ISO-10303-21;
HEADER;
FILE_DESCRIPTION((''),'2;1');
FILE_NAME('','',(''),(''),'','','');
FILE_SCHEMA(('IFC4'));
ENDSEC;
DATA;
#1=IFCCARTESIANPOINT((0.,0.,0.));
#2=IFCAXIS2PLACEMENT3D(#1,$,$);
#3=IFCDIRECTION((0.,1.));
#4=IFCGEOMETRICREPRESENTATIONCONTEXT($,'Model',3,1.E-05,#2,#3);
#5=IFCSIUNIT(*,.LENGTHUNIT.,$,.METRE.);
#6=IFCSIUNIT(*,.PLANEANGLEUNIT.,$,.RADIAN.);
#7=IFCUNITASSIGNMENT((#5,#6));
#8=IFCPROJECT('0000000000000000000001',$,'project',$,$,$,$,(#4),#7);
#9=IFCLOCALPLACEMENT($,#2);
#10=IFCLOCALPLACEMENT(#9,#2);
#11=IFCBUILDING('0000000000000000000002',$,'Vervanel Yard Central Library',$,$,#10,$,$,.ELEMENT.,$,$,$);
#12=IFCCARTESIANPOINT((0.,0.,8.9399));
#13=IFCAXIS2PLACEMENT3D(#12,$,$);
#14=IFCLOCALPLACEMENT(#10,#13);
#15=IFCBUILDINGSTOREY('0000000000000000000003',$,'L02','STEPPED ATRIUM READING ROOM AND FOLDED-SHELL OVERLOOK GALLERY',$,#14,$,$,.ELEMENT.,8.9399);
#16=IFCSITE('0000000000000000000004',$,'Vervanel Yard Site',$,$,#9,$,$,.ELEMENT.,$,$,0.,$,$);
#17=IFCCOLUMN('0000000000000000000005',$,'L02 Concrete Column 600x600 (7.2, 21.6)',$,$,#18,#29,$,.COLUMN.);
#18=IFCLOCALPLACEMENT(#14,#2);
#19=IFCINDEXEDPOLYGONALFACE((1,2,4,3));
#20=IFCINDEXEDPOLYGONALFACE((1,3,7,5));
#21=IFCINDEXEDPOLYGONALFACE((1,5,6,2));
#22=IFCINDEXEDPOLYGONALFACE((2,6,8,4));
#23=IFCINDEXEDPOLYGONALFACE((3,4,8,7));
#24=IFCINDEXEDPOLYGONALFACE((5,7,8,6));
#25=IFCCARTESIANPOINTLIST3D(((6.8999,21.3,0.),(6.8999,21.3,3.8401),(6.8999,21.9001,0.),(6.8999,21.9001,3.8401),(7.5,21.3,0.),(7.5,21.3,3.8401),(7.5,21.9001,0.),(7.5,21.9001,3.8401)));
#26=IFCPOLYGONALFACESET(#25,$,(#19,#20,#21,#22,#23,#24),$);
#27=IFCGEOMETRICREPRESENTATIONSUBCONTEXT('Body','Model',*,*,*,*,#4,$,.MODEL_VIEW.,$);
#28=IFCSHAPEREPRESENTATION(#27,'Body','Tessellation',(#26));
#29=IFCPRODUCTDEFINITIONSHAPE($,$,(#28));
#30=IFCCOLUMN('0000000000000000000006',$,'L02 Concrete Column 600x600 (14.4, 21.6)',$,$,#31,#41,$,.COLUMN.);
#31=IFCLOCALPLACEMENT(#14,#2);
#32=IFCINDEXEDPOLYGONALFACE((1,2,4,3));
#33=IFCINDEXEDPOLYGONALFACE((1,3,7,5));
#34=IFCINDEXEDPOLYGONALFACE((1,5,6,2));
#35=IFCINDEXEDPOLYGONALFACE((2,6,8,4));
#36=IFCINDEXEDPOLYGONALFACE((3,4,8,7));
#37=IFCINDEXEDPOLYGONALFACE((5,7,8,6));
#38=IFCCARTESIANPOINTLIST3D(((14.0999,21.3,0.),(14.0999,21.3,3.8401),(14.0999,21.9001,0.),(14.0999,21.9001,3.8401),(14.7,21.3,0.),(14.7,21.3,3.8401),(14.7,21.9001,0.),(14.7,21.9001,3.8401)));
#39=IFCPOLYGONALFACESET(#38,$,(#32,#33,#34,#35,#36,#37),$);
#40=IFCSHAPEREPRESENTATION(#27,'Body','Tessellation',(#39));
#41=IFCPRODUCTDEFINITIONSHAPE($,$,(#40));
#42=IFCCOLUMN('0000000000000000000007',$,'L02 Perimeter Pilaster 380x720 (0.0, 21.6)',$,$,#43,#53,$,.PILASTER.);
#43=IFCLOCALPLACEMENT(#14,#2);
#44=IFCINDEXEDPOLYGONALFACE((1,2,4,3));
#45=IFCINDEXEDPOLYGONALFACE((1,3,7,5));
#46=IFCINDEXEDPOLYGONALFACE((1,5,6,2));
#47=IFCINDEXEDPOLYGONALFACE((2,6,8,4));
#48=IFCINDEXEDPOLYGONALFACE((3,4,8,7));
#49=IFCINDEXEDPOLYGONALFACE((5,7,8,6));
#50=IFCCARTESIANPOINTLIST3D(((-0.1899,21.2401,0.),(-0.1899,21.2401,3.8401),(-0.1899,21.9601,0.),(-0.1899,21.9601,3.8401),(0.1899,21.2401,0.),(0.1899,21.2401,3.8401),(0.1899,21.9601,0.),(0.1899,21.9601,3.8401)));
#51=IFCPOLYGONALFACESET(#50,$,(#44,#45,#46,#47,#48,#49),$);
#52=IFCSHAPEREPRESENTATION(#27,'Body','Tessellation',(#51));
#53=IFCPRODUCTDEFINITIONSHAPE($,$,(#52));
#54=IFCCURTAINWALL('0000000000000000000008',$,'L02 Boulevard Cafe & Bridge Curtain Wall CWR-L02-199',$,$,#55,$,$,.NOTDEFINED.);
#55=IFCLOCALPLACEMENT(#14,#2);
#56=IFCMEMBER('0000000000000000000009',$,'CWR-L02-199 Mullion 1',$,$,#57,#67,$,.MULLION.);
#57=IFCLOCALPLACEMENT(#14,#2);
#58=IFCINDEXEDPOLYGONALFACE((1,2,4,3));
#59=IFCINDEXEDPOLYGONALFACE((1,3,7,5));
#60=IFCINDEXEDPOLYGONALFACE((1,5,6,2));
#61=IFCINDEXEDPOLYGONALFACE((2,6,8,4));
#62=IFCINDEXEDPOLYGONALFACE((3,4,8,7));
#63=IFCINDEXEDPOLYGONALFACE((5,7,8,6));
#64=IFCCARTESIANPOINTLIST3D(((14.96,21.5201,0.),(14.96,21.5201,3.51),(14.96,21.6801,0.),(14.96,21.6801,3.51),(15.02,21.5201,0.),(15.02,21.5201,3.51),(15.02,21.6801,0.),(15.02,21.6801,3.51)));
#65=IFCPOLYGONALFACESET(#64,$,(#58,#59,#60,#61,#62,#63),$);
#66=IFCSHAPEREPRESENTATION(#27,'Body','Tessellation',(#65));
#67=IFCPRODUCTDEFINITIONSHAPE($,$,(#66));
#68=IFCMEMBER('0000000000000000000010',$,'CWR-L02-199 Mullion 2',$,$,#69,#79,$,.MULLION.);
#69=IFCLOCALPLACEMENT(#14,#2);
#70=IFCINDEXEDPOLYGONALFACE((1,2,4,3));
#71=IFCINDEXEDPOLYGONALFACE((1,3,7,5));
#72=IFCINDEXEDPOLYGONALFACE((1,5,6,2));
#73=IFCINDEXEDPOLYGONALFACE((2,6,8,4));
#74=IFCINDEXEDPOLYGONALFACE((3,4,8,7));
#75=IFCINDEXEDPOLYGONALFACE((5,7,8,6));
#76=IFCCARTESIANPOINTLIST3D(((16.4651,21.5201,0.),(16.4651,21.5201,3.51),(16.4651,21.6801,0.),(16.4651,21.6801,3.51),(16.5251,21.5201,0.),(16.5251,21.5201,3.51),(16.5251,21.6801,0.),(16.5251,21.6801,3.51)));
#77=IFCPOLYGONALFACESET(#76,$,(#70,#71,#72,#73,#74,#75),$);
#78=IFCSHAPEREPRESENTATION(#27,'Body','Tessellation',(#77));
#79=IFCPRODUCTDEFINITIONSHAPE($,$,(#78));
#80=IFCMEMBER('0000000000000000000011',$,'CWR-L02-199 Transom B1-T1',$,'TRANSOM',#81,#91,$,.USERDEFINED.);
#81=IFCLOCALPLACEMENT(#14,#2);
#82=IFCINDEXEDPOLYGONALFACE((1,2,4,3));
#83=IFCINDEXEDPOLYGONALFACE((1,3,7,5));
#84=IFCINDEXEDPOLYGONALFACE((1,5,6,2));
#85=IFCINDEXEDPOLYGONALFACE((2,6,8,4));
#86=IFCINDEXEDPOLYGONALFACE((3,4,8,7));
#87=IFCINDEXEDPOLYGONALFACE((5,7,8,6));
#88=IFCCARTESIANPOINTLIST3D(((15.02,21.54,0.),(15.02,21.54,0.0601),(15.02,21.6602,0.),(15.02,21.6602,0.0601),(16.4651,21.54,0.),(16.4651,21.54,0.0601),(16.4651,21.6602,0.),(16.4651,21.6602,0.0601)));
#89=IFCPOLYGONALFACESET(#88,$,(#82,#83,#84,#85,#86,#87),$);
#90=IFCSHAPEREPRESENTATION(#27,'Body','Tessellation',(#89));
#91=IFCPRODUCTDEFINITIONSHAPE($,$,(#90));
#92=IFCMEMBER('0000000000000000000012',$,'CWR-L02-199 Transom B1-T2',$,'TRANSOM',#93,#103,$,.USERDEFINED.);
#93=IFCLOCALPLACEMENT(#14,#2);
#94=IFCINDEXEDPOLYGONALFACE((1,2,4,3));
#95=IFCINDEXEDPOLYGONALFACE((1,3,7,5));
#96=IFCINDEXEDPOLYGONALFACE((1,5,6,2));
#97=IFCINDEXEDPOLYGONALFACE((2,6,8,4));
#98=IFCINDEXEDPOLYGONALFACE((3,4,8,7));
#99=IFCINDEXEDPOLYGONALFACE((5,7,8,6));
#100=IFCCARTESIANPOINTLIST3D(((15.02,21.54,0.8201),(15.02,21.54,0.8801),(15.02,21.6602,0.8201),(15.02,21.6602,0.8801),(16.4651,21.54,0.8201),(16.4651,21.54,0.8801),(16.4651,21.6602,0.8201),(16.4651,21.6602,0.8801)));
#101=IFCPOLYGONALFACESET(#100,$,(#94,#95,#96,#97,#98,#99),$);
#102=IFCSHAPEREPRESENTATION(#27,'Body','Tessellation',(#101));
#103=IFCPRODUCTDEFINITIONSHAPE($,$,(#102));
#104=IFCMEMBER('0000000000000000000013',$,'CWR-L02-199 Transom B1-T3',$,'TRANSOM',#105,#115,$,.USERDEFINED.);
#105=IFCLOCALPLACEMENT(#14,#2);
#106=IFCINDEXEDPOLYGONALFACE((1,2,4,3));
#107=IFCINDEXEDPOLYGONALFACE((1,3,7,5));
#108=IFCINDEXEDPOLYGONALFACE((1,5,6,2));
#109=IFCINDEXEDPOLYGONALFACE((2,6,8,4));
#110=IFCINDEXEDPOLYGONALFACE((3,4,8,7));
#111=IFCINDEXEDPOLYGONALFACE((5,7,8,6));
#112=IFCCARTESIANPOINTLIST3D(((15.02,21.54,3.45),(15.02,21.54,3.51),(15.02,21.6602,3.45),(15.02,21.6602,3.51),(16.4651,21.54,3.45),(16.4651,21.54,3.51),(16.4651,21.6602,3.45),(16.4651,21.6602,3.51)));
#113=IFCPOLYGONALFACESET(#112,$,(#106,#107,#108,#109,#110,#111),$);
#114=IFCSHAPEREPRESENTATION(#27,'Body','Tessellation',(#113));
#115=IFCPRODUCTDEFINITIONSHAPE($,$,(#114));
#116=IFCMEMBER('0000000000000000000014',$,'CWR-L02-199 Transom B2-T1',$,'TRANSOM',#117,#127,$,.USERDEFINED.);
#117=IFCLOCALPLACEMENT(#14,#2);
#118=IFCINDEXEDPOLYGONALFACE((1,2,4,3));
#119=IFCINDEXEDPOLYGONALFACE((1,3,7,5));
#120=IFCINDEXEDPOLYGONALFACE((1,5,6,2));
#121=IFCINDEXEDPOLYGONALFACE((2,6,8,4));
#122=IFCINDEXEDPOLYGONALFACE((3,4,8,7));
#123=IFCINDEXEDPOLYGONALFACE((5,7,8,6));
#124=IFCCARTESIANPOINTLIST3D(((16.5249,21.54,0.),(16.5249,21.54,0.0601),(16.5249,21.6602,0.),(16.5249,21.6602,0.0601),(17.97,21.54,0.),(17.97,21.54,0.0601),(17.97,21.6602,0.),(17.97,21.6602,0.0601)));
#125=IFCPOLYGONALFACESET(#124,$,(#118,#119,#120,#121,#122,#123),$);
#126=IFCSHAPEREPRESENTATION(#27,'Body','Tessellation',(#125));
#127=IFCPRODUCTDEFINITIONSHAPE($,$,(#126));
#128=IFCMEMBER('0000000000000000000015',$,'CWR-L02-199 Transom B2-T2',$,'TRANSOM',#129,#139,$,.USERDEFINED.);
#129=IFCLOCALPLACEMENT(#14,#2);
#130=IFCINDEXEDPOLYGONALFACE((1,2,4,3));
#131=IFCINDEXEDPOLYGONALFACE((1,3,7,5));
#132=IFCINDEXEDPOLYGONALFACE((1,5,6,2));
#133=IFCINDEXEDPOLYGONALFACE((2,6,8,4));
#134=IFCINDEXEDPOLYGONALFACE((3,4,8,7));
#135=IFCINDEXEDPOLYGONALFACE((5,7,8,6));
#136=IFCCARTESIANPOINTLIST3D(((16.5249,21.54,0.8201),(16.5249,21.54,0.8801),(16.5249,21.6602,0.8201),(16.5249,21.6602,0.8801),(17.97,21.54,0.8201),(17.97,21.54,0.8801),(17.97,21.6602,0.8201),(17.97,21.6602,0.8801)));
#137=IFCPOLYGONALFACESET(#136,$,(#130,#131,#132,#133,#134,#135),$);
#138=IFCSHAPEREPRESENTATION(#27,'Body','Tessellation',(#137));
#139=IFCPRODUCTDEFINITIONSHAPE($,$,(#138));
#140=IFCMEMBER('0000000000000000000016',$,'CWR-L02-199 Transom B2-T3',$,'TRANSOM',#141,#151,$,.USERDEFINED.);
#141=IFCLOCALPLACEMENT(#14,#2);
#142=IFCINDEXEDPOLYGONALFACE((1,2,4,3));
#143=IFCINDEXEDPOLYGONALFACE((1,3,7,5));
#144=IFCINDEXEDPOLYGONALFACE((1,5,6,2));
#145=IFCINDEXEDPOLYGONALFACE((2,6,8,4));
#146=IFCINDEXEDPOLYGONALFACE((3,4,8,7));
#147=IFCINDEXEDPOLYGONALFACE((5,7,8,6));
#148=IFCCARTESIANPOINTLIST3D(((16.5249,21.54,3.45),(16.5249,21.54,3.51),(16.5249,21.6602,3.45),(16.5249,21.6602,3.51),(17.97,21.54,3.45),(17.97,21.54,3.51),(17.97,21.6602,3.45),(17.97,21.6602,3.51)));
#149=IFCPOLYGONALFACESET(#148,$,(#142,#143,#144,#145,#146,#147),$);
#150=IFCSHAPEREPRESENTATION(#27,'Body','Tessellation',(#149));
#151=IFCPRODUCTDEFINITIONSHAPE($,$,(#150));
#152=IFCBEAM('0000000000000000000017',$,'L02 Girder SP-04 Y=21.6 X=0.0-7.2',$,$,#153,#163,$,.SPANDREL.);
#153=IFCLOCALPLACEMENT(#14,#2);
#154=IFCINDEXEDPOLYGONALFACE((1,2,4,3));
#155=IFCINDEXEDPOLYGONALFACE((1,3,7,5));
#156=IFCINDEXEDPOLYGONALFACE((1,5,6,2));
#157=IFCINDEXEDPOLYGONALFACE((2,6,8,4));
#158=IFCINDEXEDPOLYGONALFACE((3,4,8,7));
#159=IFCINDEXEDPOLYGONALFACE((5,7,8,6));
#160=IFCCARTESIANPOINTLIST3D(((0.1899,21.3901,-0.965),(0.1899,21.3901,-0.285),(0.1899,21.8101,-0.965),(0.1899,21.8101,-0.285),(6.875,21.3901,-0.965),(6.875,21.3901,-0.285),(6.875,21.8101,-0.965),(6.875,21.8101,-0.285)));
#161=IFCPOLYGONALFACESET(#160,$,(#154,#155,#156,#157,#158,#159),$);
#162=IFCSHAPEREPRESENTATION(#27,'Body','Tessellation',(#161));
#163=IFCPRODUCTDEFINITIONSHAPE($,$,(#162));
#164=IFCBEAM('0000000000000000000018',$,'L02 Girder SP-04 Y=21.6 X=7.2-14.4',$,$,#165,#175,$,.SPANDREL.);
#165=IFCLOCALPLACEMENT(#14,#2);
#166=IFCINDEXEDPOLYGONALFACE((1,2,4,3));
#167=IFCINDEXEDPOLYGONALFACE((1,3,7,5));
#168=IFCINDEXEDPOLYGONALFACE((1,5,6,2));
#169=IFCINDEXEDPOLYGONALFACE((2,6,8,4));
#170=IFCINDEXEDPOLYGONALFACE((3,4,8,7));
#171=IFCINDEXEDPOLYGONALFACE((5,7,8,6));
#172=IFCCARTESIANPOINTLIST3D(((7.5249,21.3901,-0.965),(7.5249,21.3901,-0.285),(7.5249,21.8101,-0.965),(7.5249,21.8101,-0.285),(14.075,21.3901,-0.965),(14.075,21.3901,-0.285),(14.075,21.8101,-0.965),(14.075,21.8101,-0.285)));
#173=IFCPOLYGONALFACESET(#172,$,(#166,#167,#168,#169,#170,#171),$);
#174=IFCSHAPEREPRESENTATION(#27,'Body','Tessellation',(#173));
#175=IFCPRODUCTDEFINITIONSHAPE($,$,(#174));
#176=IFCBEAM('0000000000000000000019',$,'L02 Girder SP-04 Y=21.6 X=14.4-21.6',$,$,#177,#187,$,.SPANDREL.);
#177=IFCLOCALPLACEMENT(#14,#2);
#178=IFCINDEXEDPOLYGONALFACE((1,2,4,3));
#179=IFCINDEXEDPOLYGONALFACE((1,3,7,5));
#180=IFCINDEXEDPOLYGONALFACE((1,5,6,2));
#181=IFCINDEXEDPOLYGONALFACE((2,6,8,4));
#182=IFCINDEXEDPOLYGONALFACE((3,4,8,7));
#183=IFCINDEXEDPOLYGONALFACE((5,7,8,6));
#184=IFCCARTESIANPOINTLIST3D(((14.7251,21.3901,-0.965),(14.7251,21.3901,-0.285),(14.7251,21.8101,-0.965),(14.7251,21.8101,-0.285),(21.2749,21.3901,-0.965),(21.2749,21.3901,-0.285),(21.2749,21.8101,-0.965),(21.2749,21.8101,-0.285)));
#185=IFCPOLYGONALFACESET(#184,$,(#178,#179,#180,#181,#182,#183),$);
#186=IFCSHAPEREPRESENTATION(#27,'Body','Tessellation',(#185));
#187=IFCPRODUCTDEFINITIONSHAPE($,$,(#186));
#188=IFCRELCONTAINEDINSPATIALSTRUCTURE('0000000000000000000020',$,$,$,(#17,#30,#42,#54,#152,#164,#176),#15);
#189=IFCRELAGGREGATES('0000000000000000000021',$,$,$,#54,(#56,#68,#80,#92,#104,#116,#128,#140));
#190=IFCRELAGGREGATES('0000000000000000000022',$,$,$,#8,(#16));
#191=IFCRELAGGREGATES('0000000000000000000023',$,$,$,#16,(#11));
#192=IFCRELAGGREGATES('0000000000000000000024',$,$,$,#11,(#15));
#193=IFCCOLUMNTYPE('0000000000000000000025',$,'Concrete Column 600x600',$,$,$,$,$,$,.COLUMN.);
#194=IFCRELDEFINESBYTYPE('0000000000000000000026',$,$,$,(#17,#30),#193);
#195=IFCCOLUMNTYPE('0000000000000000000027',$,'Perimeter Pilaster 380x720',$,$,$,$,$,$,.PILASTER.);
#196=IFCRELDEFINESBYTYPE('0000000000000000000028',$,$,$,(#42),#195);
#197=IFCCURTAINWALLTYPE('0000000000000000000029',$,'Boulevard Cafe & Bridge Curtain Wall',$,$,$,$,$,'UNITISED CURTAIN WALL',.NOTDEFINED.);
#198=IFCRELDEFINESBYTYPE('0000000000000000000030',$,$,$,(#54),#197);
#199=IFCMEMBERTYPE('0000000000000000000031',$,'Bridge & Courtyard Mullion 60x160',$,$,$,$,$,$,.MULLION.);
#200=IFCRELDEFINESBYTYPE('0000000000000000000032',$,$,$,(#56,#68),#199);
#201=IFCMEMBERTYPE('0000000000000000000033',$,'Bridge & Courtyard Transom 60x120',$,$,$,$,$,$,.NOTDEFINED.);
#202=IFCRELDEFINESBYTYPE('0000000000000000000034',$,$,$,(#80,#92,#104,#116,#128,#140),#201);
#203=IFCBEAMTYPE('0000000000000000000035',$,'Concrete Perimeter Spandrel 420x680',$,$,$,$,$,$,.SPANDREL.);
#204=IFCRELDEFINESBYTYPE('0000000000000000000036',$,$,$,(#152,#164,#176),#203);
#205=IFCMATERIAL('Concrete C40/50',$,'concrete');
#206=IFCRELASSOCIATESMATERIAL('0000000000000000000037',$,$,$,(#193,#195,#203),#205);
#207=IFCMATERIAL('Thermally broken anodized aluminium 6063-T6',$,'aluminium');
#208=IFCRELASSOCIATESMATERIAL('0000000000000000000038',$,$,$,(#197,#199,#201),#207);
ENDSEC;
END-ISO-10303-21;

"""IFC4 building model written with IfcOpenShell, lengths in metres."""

from ifc_helpers import new_model, si_unit, direction, frame, origin, origin_2d, place, context, subcontext, project, spatial, rectangle, extrude, material, material_profile, profile_set, type_object, element, aggregate, save


model = new_model("IFC4")

# Units and contexts
model_context = context("Model", 3, precision=1e-05, world=origin(), true_north=direction((0.0, 1.0)))
body_context = subcontext(model_context, "Body", "Model", "MODEL_VIEW")
ifc_project = project(units=[si_unit("LENGTHUNIT", "METRE"), si_unit("PLANEANGLEUNIT", "RADIAN")], contexts=[model_context])

# Site, building, storey
site_placement = place(None, origin())
site = spatial("IfcSite", under=ifc_project, at=site_placement, Name="Vervanel Yard Site", CompositionType="ELEMENT", RefElevation=0.0)
building_placement = place(site_placement, origin())
building = spatial("IfcBuilding", under=site, at=building_placement, Name="Vervanel Yard Central Library", CompositionType="ELEMENT")
storey_placement = place(building_placement, frame((0.0, 0.0, 8.9399)))
storey = spatial("IfcBuildingStorey", under=building, at=storey_placement, Name="L02", Description="STEPPED ATRIUM READING ROOM AND FOLDED-SHELL OVERLOOK GALLERY", CompositionType="ELEMENT", Elevation=8.9399)

# Columns
ifc_material_1 = material(Name="Concrete C40/50", Category="concrete")
ifc_material_profile_1 = material_profile(ifc_material_1, rectangle(XDim=0.6001, YDim=0.6001, at=origin_2d()), Name="RC 600x600", Category="concrete")
ifc_profile_set_1 = profile_set([ifc_material_profile_1], Name="Concrete C40/50")
column_type_1 = type_object("IfcColumnType", Name="Concrete Column 600x600", PredefinedType="COLUMN", material=ifc_profile_set_1)
for number, where, z_axis, x_axis, name in (
    (1, (7.2, 21.6001, 0.0), (0.0, 0.0, 1.0), (1.0, 0.0, 0.0), "L02 Concrete Column 600x600 (7.2, 21.6)"),
    (2, (14.3999, 21.6001, 0.0), (0.0, 0.0, 1.0), (1.0, 0.0, 0.0), "L02 Concrete Column 600x600 (14.4, 21.6)"),
):
    element("IfcColumn", number, at=place(storey_placement, frame(where, z_axis=z_axis, x_axis=x_axis)), inside=storey, type_object=column_type_1, Name=name, PredefinedType="COLUMN", context=body_context, shape_type="SweptSolid", body=[
        extrude(rectangle(XDim=0.6001, YDim=0.6001, at=origin_2d()), origin(), (0.0, 0.0, 1.0), 3.8401),
    ])
ifc_material_profile_2 = material_profile(ifc_material_1, rectangle(XDim=0.3799, YDim=0.72, at=origin_2d()), Name="RC 380x720", Category="concrete")
ifc_profile_set_2 = profile_set([ifc_material_profile_2], Name="Concrete C40/50")
column_type_2 = type_object("IfcColumnType", Name="Perimeter Pilaster 380x720", PredefinedType="PILASTER", material=ifc_profile_set_2)
column_placement = place(storey_placement, frame((0.0, 21.6001, 0.0), z_axis=(0.0, 0.0, 1.0), x_axis=(1.0, 0.0, 0.0)))
element("IfcColumn", 3, at=column_placement, inside=storey, type_object=column_type_2, Name="L02 Perimeter Pilaster 380x720 (0.0, 21.6)", PredefinedType="PILASTER", context=body_context, shape_type="SweptSolid", body=[
    extrude(rectangle(XDim=0.3799, YDim=0.72, at=origin_2d()), origin(), (0.0, 0.0, 1.0), 3.8401),
])

# Curtain wall, members
ifc_material_2 = material(Name="Thermally broken anodized aluminium 6063-T6", Category="aluminium")
curtain_wall_type = type_object("IfcCurtainWallType", Name="Boulevard Cafe & Bridge Curtain Wall", ElementType="UNITISED CURTAIN WALL", PredefinedType="NOTDEFINED", material=ifc_material_2)
curtain_wall_placement = place(storey_placement, origin())
curtain_wall = element("IfcCurtainWall", 4, at=curtain_wall_placement, inside=storey, type_object=curtain_wall_type, Name="L02 Boulevard Cafe & Bridge Curtain Wall CWR-L02-199", PredefinedType="NOTDEFINED")
ifc_material_profile_3 = material_profile(ifc_material_2, rectangle(XDim=0.0601, YDim=0.1599, at=origin_2d()), Name="ALU 60x160", Category="aluminium")
ifc_profile_set_3 = profile_set([ifc_material_profile_3], Name="Thermally broken anodized aluminium 6063-T6")
member_type_1 = type_object("IfcMemberType", Name="Bridge & Courtyard Mullion 60x160", PredefinedType="MULLION", material=ifc_profile_set_3)
member_1_placement = place(storey_placement, frame((14.99, 21.6001, 0.0), z_axis=(0.0, 0.0, 1.0), x_axis=(1.0, 0.0, 0.0)))
member_1 = element("IfcMember", 5, at=member_1_placement, type_object=member_type_1, Name="CWR-L02-199 Mullion 1", PredefinedType="MULLION", context=body_context, shape_type="SweptSolid", body=[
    extrude(rectangle(XDim=0.0601, YDim=0.1599, at=origin_2d()), origin(), (0.0, 0.0, 1.0), 3.51),
])
member_2_placement = place(storey_placement, frame((16.4951, 21.6001, 0.0), z_axis=(0.0, 0.0, 1.0), x_axis=(1.0, 0.0, 0.0)))
member_2 = element("IfcMember", 6, at=member_2_placement, type_object=member_type_1, Name="CWR-L02-199 Mullion 2", PredefinedType="MULLION", context=body_context, shape_type="SweptSolid", body=[
    extrude(rectangle(XDim=0.0601, YDim=0.1599, at=origin_2d()), origin(), (0.0, 0.0, 1.0), 3.51),
])
ifc_material_profile_4 = material_profile(ifc_material_2, rectangle(XDim=0.0601, YDim=0.1201, at=origin_2d()), Name="ALU 60x120", Category="aluminium")
ifc_profile_set_4 = profile_set([ifc_material_profile_4], Name="Thermally broken anodized aluminium 6063-T6")
member_type_2 = type_object("IfcMemberType", Name="Bridge & Courtyard Transom 60x120", PredefinedType="NOTDEFINED", material=ifc_profile_set_4)
member_3_placement = place(storey_placement, frame((15.02, 21.6001, 0.03), z_axis=(1.0, 0.0, 0.0), x_axis=(0.0, 0.0, 1.0)))
member_3 = element("IfcMember", 7, at=member_3_placement, type_object=member_type_2, Name="CWR-L02-199 Transom B1-T1", ObjectType="TRANSOM", PredefinedType="USERDEFINED", context=body_context, shape_type="SweptSolid", body=[
    extrude(rectangle(XDim=0.0601, YDim=0.1201, at=origin_2d()), origin(), (0.0, 0.0, 1.0), 1.4451),
])
member_4_placement = place(storey_placement, frame((15.02, 21.6001, 0.8501), z_axis=(1.0, 0.0, 0.0), x_axis=(0.0, 0.0, 1.0)))
member_4 = element("IfcMember", 8, at=member_4_placement, type_object=member_type_2, Name="CWR-L02-199 Transom B1-T2", ObjectType="TRANSOM", PredefinedType="USERDEFINED", context=body_context, shape_type="SweptSolid", body=[
    extrude(rectangle(XDim=0.0601, YDim=0.1201, at=origin_2d()), origin(), (0.0, 0.0, 1.0), 1.4451),
])
member_5_placement = place(storey_placement, frame((15.02, 21.6001, 3.48), z_axis=(1.0, 0.0, 0.0), x_axis=(0.0, 0.0, 1.0)))
member_5 = element("IfcMember", 9, at=member_5_placement, type_object=member_type_2, Name="CWR-L02-199 Transom B1-T3", ObjectType="TRANSOM", PredefinedType="USERDEFINED", context=body_context, shape_type="SweptSolid", body=[
    extrude(rectangle(XDim=0.0601, YDim=0.1201, at=origin_2d()), origin(), (0.0, 0.0, 1.0), 1.4451),
])
member_6_placement = place(storey_placement, frame((16.5249, 21.6001, 0.03), z_axis=(1.0, 0.0, 0.0), x_axis=(0.0, 0.0, 1.0)))
member_6 = element("IfcMember", 10, at=member_6_placement, type_object=member_type_2, Name="CWR-L02-199 Transom B2-T1", ObjectType="TRANSOM", PredefinedType="USERDEFINED", context=body_context, shape_type="SweptSolid", body=[
    extrude(rectangle(XDim=0.0601, YDim=0.1201, at=origin_2d()), origin(), (0.0, 0.0, 1.0), 1.4451),
])
member_7_placement = place(storey_placement, frame((16.5249, 21.6001, 0.8501), z_axis=(1.0, 0.0, 0.0), x_axis=(0.0, 0.0, 1.0)))
member_7 = element("IfcMember", 11, at=member_7_placement, type_object=member_type_2, Name="CWR-L02-199 Transom B2-T2", ObjectType="TRANSOM", PredefinedType="USERDEFINED", context=body_context, shape_type="SweptSolid", body=[
    extrude(rectangle(XDim=0.0601, YDim=0.1201, at=origin_2d()), origin(), (0.0, 0.0, 1.0), 1.4451),
])
member_8_placement = place(storey_placement, frame((16.5249, 21.6001, 3.48), z_axis=(1.0, 0.0, 0.0), x_axis=(0.0, 0.0, 1.0)))
member_8 = element("IfcMember", 12, at=member_8_placement, type_object=member_type_2, Name="CWR-L02-199 Transom B2-T3", ObjectType="TRANSOM", PredefinedType="USERDEFINED", context=body_context, shape_type="SweptSolid", body=[
    extrude(rectangle(XDim=0.0601, YDim=0.1201, at=origin_2d()), origin(), (0.0, 0.0, 1.0), 1.4451),
])

# Beams
ifc_material_profile_5 = material_profile(ifc_material_1, rectangle(XDim=0.4199, YDim=0.6799, at=origin_2d()), Name="RC 420x680", Category="concrete")
ifc_profile_set_5 = profile_set([ifc_material_profile_5], Name="Concrete C40/50")
beam_type_1 = type_object("IfcBeamType", Name="Concrete Perimeter Spandrel 420x680", PredefinedType="SPANDREL", material=ifc_profile_set_5)
beam_1_placement = place(storey_placement, frame((0.1899, 21.6001, -0.625), z_axis=(1.0, 0.0, 0.0), x_axis=(0.0, 1.0, 0.0)))
element("IfcBeam", 13, at=beam_1_placement, inside=storey, type_object=beam_type_1, Name="L02 Girder SP-04 Y=21.6 X=0.0-7.2", PredefinedType="SPANDREL", context=body_context, shape_type="SweptSolid", body=[
    extrude(rectangle(XDim=0.4199, YDim=0.6799, at=origin_2d()), origin(), (0.0, 0.0, 1.0), 6.6851),
])
beam_2_placement = place(storey_placement, frame((7.5249, 21.6001, -0.625), z_axis=(1.0, 0.0, 0.0), x_axis=(0.0, 1.0, 0.0)))
element("IfcBeam", 14, at=beam_2_placement, inside=storey, type_object=beam_type_1, Name="L02 Girder SP-04 Y=21.6 X=7.2-14.4", PredefinedType="SPANDREL", context=body_context, shape_type="SweptSolid", body=[
    extrude(rectangle(XDim=0.4199, YDim=0.6799, at=origin_2d()), origin(), (0.0, 0.0, 1.0), 6.55),
])
beam_3_placement = place(storey_placement, frame((14.7251, 21.6001, -0.625), z_axis=(1.0, 0.0, 0.0), x_axis=(0.0, 1.0, 0.0)))
element("IfcBeam", 15, at=beam_3_placement, inside=storey, type_object=beam_type_1, Name="L02 Girder SP-04 Y=21.6 X=14.4-21.6", PredefinedType="SPANDREL", context=body_context, shape_type="SweptSolid", body=[
    extrude(rectangle(XDim=0.4199, YDim=0.6799, at=origin_2d()), origin(), (0.0, 0.0, 1.0), 6.5498),
])

aggregate(curtain_wall, [member_1, member_2, member_3, member_4, member_5, member_6, member_7, member_8])

save(model, "model.ifc")
